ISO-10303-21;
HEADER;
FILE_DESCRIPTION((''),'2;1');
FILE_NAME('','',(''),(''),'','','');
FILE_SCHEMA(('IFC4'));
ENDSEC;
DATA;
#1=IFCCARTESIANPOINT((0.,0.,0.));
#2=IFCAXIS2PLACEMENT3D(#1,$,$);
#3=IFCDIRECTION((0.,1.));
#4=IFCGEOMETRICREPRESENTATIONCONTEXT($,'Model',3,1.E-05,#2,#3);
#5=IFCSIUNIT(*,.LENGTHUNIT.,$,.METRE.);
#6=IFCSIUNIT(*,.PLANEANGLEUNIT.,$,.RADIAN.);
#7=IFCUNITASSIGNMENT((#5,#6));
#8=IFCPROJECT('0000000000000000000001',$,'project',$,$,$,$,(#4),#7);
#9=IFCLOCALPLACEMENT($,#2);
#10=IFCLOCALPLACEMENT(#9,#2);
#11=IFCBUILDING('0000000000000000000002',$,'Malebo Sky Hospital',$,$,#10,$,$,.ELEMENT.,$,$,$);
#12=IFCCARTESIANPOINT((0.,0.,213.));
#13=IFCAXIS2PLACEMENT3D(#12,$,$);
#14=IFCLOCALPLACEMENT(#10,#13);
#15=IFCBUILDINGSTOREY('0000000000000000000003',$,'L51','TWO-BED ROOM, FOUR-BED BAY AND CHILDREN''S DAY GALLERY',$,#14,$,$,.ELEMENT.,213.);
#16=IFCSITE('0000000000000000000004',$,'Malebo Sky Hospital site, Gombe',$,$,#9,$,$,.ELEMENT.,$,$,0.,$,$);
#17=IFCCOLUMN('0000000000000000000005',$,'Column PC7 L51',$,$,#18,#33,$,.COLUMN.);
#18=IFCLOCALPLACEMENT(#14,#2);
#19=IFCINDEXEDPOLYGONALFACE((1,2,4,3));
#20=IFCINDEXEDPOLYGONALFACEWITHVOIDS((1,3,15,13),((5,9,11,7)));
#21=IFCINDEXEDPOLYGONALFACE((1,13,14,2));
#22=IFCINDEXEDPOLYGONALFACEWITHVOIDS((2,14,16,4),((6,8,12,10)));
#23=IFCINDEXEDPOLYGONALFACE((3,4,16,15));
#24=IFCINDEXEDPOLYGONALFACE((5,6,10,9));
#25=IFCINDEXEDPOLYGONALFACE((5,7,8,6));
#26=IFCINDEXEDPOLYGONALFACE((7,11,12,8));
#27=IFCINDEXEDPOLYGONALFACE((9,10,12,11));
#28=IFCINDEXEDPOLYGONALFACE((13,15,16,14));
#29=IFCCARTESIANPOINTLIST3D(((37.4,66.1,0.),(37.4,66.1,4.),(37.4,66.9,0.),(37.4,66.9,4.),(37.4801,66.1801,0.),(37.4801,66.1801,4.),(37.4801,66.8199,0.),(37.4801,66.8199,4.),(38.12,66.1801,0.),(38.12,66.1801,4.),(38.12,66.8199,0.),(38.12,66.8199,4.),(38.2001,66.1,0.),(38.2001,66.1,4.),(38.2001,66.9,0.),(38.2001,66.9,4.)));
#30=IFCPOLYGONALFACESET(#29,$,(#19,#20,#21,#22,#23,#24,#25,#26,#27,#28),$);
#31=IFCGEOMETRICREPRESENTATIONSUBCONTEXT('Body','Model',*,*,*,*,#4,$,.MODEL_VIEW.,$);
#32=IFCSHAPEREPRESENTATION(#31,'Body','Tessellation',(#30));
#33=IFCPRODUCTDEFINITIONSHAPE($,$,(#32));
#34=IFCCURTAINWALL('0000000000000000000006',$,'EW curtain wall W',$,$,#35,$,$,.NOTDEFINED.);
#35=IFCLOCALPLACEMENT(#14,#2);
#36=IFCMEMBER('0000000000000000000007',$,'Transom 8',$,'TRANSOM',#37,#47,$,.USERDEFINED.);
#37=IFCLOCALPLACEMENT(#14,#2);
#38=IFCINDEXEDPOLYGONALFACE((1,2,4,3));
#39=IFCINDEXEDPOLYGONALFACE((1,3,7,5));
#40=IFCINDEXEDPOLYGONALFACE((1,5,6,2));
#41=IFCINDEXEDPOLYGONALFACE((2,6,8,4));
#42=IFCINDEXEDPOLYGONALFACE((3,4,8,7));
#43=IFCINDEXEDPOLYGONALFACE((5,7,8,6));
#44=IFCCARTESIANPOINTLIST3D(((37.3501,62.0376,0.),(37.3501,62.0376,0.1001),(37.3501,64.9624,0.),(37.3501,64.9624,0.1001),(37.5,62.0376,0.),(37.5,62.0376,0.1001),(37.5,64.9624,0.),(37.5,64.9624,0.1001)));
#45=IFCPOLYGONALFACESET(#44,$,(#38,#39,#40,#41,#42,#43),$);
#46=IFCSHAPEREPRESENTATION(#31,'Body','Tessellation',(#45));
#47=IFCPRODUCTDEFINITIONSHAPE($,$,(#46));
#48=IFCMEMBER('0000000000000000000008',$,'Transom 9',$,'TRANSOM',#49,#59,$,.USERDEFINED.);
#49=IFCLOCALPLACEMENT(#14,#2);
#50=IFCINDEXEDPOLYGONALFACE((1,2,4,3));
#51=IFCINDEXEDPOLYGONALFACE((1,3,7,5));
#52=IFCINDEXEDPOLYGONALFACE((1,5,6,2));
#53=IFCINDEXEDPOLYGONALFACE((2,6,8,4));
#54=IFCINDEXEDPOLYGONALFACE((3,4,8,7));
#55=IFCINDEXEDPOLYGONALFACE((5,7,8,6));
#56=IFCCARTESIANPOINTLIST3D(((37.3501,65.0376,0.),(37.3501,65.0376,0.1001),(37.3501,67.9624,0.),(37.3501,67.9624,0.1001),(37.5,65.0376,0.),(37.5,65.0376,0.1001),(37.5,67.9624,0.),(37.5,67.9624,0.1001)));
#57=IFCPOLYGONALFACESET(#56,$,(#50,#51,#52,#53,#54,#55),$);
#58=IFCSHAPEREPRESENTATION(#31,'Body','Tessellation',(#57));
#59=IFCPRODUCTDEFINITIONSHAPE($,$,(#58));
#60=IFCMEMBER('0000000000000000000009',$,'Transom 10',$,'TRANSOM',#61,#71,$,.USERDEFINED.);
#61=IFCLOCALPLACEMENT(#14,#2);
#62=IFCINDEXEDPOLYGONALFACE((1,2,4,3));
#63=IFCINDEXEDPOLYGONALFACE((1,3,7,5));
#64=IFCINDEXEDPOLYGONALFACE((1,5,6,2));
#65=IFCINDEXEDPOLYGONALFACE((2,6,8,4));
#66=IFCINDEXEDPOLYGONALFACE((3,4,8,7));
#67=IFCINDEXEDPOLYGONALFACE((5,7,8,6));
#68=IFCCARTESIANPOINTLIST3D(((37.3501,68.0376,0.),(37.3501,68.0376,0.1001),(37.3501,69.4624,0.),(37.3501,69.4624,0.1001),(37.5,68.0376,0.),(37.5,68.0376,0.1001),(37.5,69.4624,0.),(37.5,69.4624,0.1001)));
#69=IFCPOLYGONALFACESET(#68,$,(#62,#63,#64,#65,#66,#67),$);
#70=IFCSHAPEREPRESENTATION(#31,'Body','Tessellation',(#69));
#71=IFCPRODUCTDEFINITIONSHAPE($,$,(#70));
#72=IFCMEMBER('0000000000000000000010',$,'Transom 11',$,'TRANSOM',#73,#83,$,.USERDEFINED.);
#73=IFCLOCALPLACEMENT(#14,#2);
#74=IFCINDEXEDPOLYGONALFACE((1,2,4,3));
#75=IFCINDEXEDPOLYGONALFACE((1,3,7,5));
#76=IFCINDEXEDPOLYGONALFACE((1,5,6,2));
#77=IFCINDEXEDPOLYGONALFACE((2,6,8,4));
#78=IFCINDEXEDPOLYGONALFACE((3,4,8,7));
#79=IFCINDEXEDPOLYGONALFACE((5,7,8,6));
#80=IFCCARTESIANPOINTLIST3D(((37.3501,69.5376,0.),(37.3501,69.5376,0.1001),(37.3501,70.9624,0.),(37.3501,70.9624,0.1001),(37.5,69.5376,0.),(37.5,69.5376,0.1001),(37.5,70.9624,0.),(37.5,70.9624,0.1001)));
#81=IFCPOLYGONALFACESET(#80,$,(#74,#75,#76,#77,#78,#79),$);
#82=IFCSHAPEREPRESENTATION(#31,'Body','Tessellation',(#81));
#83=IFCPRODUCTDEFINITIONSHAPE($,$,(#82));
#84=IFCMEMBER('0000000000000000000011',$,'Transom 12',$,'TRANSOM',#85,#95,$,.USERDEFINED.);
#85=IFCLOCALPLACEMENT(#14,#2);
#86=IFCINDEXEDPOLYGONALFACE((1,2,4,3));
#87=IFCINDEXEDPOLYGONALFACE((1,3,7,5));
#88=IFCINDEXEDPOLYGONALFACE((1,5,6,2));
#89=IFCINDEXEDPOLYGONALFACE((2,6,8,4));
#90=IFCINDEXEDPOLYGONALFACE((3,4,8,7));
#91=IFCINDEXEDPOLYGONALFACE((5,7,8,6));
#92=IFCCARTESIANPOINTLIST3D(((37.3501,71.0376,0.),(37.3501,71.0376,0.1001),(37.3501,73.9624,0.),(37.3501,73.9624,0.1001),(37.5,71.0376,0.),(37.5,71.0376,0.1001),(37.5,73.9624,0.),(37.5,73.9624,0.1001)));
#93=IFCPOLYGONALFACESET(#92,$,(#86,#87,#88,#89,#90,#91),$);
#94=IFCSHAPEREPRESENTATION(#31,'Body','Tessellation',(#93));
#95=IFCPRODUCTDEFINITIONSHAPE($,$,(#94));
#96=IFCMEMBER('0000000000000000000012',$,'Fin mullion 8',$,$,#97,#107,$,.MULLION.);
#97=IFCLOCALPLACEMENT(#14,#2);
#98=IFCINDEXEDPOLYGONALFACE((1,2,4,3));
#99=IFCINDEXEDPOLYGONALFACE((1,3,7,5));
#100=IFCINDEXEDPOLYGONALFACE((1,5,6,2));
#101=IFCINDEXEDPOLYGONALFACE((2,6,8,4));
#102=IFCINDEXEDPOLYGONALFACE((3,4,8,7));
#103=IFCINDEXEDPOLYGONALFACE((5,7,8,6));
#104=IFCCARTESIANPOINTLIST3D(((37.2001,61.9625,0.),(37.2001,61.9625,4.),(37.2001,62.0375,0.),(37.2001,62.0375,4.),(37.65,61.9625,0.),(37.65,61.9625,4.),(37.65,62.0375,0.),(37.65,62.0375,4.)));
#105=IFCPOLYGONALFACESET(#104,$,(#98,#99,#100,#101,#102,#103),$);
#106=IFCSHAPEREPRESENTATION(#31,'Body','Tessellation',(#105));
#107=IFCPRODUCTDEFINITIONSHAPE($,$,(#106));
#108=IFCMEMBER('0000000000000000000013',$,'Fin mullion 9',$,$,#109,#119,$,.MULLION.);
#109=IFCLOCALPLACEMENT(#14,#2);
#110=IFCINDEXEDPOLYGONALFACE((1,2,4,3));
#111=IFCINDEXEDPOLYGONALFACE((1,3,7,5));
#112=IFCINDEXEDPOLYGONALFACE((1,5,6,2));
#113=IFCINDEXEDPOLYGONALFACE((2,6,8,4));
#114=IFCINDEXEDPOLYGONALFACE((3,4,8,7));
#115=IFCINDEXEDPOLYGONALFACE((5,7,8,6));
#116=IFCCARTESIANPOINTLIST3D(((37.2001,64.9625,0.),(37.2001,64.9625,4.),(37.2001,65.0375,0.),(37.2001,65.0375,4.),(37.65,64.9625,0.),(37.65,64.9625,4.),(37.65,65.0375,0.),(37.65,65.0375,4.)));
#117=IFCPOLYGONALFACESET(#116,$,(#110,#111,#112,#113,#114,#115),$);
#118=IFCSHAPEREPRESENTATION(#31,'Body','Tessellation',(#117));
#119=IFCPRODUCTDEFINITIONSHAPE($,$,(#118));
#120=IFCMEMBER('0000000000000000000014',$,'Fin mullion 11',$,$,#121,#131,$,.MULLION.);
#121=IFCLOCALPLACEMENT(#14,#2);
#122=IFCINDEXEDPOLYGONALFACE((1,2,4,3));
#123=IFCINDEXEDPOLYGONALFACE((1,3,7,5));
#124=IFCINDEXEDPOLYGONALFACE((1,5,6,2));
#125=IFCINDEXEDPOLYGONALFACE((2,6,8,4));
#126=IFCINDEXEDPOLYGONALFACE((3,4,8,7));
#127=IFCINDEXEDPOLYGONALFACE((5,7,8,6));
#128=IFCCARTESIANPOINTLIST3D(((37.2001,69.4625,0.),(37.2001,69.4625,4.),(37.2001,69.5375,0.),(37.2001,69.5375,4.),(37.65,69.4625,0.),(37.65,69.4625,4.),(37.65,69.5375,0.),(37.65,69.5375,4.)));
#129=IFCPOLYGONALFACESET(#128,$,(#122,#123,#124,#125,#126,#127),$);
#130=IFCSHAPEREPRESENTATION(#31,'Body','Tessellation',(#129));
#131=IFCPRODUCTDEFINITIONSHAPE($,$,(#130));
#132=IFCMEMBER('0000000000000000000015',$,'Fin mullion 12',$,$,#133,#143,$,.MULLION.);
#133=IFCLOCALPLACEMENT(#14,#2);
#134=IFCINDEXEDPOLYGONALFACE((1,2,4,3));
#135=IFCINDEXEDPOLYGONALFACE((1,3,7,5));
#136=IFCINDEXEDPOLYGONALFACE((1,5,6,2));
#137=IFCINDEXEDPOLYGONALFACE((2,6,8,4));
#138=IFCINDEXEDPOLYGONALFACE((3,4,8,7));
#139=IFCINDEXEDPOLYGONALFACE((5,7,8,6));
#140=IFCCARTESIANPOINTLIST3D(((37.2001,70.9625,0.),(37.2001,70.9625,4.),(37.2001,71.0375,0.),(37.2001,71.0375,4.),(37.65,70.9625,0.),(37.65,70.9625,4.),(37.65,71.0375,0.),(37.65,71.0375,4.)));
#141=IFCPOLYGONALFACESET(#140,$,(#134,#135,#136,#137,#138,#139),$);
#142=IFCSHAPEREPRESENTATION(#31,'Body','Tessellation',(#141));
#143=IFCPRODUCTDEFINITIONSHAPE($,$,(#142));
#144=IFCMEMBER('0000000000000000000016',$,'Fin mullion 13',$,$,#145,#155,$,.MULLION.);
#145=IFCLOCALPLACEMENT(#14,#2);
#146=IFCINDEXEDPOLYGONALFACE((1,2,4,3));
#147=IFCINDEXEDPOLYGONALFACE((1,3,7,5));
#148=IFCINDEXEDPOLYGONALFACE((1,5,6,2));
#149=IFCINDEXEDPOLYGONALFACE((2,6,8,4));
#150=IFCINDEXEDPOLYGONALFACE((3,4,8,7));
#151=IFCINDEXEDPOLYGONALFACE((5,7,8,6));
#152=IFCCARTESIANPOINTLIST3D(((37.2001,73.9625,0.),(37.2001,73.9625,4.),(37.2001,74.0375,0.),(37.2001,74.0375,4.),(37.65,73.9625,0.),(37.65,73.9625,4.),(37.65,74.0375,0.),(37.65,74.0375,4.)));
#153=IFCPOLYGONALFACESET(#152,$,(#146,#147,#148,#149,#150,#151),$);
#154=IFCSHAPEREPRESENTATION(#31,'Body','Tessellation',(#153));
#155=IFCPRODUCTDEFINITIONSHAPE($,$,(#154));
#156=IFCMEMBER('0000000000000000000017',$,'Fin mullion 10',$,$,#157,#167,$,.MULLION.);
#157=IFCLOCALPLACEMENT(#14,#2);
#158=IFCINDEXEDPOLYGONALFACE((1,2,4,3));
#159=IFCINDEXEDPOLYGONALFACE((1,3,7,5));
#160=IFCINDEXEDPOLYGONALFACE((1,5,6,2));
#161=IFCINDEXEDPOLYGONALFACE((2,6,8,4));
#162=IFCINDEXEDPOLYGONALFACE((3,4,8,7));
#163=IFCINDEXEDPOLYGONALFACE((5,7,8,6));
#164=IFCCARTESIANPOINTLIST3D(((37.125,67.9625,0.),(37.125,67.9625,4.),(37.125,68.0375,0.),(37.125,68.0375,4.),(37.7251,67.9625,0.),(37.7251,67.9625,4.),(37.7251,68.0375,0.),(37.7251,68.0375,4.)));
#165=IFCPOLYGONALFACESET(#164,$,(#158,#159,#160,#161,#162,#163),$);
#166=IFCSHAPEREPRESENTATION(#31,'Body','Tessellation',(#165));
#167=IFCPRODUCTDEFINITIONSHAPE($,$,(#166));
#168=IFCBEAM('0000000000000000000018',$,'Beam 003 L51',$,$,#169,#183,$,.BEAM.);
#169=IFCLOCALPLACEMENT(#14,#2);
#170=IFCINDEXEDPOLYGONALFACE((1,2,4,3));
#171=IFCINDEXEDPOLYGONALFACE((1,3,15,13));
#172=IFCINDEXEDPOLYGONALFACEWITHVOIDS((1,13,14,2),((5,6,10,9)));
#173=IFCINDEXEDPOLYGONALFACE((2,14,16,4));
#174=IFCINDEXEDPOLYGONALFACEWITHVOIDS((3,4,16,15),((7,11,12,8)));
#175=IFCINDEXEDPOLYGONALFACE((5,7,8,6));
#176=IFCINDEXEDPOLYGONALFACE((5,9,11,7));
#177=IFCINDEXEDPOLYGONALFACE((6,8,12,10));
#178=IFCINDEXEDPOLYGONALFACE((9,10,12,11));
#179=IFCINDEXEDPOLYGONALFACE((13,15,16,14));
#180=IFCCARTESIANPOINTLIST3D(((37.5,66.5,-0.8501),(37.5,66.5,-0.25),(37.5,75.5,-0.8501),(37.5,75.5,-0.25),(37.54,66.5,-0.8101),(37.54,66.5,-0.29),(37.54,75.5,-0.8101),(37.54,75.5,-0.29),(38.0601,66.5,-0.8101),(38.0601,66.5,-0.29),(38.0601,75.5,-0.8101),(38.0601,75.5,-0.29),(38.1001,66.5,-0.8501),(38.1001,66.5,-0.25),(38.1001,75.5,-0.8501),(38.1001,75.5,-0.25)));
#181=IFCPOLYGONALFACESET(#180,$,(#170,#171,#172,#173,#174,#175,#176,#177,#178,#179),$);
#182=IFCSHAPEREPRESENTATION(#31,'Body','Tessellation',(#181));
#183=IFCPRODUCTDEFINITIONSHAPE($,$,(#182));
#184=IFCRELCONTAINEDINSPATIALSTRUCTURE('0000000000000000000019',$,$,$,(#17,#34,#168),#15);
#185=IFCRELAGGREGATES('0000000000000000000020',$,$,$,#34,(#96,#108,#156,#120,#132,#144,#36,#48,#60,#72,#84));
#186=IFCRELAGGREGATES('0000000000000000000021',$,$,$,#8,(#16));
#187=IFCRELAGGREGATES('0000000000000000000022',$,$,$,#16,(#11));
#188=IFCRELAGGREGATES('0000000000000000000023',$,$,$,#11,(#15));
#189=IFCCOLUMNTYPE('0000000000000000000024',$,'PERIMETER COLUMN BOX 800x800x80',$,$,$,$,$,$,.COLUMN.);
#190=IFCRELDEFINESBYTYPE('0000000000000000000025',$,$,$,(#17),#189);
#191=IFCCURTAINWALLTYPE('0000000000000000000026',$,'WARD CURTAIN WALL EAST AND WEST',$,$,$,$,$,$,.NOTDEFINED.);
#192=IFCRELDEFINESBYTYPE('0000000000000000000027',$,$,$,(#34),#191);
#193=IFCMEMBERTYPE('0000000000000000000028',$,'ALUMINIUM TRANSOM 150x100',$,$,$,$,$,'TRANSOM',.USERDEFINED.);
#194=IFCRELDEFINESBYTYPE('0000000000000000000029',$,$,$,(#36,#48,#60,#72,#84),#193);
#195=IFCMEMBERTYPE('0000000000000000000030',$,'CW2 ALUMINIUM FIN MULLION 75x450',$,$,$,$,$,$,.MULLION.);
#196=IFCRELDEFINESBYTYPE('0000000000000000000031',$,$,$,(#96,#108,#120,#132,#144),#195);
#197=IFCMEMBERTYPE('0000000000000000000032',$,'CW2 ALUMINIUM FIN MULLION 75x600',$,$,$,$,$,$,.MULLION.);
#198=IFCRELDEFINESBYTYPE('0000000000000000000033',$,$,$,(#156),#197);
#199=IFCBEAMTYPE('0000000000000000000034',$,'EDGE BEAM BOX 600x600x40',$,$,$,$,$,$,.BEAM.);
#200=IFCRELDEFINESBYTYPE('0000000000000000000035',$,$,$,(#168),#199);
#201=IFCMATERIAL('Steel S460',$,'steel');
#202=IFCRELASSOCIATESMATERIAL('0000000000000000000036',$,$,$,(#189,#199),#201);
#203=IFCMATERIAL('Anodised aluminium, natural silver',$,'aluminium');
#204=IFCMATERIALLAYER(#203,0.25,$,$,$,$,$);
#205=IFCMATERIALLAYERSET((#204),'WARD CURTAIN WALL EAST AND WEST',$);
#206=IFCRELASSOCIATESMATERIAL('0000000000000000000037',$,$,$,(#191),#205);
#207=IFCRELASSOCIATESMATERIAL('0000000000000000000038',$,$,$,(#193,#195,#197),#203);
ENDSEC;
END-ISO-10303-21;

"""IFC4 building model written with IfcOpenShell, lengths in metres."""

from ifc_helpers import new_model, si_unit, direction, frame, origin, origin_2d, place, context, subcontext, project, spatial, rectangle, hollow_rectangle, extrude, material, layer, layer_set, material_profile, profile_set, type_object, element, aggregate, save


model = new_model("IFC4")

# Units and contexts
model_context = context("Model", 3, precision=1e-05, world=origin(), true_north=direction((0.0, 1.0)))
body_context = subcontext(model_context, "Body", "Model", "MODEL_VIEW")
ifc_project = project(units=[si_unit("LENGTHUNIT", "METRE"), si_unit("PLANEANGLEUNIT", "RADIAN")], contexts=[model_context])

# Site, building, storey
site_placement = place(None, origin())
site = spatial("IfcSite", under=ifc_project, at=site_placement, Name="Malebo Sky Hospital site, Gombe", CompositionType="ELEMENT", RefElevation=0.0)
building_placement = place(site_placement, origin())
building = spatial("IfcBuilding", under=site, at=building_placement, Name="Malebo Sky Hospital", CompositionType="ELEMENT")
storey_placement = place(building_placement, frame((0.0, 0.0, 213.0)))
storey = spatial("IfcBuildingStorey", under=building, at=storey_placement, Name="L51", Description="TWO-BED ROOM, FOUR-BED BAY AND CHILDREN'S DAY GALLERY", CompositionType="ELEMENT", Elevation=213.0)

# Column
ifc_material_1 = material(Name="Steel S460", Category="steel")
ifc_material_profile_1 = material_profile(ifc_material_1, hollow_rectangle(XDim=0.8, YDim=0.8, WallThickness=0.0801, at=origin_2d()), Name="BOX 800x800x80")
ifc_profile_set_1 = profile_set([ifc_material_profile_1], Name="Steel S460")
column_type = type_object("IfcColumnType", Name="PERIMETER COLUMN BOX 800x800x80", PredefinedType="COLUMN", material=ifc_profile_set_1)
column_placement = place(storey_placement, frame((37.8, 66.5, 0.0), z_axis=(0.0, 0.0, 1.0), x_axis=(1.0, 0.0, 0.0)))
element("IfcColumn", 1, at=column_placement, inside=storey, type_object=column_type, Name="Column PC7 L51", PredefinedType="COLUMN", context=body_context, shape_type="SweptSolid", body=[
    extrude(hollow_rectangle(XDim=0.8, YDim=0.8, WallThickness=0.0801, at=origin_2d()), origin(), (0.0, 0.0, 1.0), 4.0),
])

# Curtain wall, members
ifc_material_2 = material(Name="Anodised aluminium, natural silver", Category="aluminium")
ifc_layer_1 = layer(ifc_material_2, 0.25)
ifc_layer_set_1 = layer_set([ifc_layer_1], Name="WARD CURTAIN WALL EAST AND WEST")
curtain_wall_type = type_object("IfcCurtainWallType", Name="WARD CURTAIN WALL EAST AND WEST", PredefinedType="NOTDEFINED", material=ifc_layer_set_1)
curtain_wall_placement = place(storey_placement, origin())
curtain_wall = element("IfcCurtainWall", 2, at=curtain_wall_placement, inside=storey, type_object=curtain_wall_type, Name="EW curtain wall W", PredefinedType="NOTDEFINED")
ifc_material_profile_2 = material_profile(ifc_material_2, rectangle(XDim=0.1499, YDim=0.1001, at=origin_2d()), Name="ALUMINIUM TRANSOM 150x100")
ifc_profile_set_2 = profile_set([ifc_material_profile_2], Name="Anodised aluminium, natural silver")
member_type_1 = type_object("IfcMemberType", Name="ALUMINIUM TRANSOM 150x100", ElementType="TRANSOM", PredefinedType="USERDEFINED", material=ifc_profile_set_2)
member_1_placement = place(storey_placement, frame((37.425, 62.0376, 0.05), z_axis=(0.0, 1.0, 0.0), x_axis=(-1.0, 0.0, 0.0)))
member_1 = element("IfcMember", 3, at=member_1_placement, type_object=member_type_1, Name="Transom 8", ObjectType="TRANSOM", PredefinedType="USERDEFINED", context=body_context, shape_type="SweptSolid", body=[
    extrude(rectangle(XDim=0.1499, YDim=0.1001, at=origin_2d()), origin(), (0.0, 0.0, 1.0), 2.9248),
])
member_2_placement = place(storey_placement, frame((37.425, 65.0376, 0.05), z_axis=(0.0, 1.0, 0.0), x_axis=(-1.0, 0.0, 0.0)))
member_2 = element("IfcMember", 4, at=member_2_placement, type_object=member_type_1, Name="Transom 9", ObjectType="TRANSOM", PredefinedType="USERDEFINED", context=body_context, shape_type="SweptSolid", body=[
    extrude(rectangle(XDim=0.1499, YDim=0.1001, at=origin_2d()), origin(), (0.0, 0.0, 1.0), 2.9248),
])
member_3_placement = place(storey_placement, frame((37.425, 68.0376, 0.05), z_axis=(0.0, 1.0, 0.0), x_axis=(-1.0, 0.0, 0.0)))
member_3 = element("IfcMember", 5, at=member_3_placement, type_object=member_type_1, Name="Transom 10", ObjectType="TRANSOM", PredefinedType="USERDEFINED", context=body_context, shape_type="SweptSolid", body=[
    extrude(rectangle(XDim=0.1499, YDim=0.1001, at=origin_2d()), origin(), (0.0, 0.0, 1.0), 1.4248),
])
member_4_placement = place(storey_placement, frame((37.425, 69.5376, 0.05), z_axis=(0.0, 1.0, 0.0), x_axis=(-1.0, 0.0, 0.0)))
member_4 = element("IfcMember", 6, at=member_4_placement, type_object=member_type_1, Name="Transom 11", ObjectType="TRANSOM", PredefinedType="USERDEFINED", context=body_context, shape_type="SweptSolid", body=[
    extrude(rectangle(XDim=0.1499, YDim=0.1001, at=origin_2d()), origin(), (0.0, 0.0, 1.0), 1.4248),
])
member_5_placement = place(storey_placement, frame((37.425, 71.0376, 0.05), z_axis=(0.0, 1.0, 0.0), x_axis=(-1.0, 0.0, 0.0)))
member_5 = element("IfcMember", 7, at=member_5_placement, type_object=member_type_1, Name="Transom 12", ObjectType="TRANSOM", PredefinedType="USERDEFINED", context=body_context, shape_type="SweptSolid", body=[
    extrude(rectangle(XDim=0.1499, YDim=0.1001, at=origin_2d()), origin(), (0.0, 0.0, 1.0), 2.9248),
])
ifc_material_profile_3 = material_profile(ifc_material_2, rectangle(XDim=0.075, YDim=0.45, at=origin_2d()), Name="CW2 ALUMINIUM FIN MULLION 75x450")
ifc_profile_set_3 = profile_set([ifc_material_profile_3], Name="Anodised aluminium, natural silver")
member_type_2 = type_object("IfcMemberType", Name="CW2 ALUMINIUM FIN MULLION 75x450", PredefinedType="MULLION", material=ifc_profile_set_3)
member_6_placement = place(storey_placement, frame((37.425, 62.0, 0.0), z_axis=(0.0, 0.0, 1.0), x_axis=(0.0, 1.0, 0.0)))
member_6 = element("IfcMember", 8, at=member_6_placement, type_object=member_type_2, Name="Fin mullion 8", PredefinedType="MULLION", context=body_context, shape_type="SweptSolid", body=[
    extrude(rectangle(XDim=0.075, YDim=0.45, at=origin_2d()), origin(), (0.0, 0.0, 1.0), 4.0),
])
member_7_placement = place(storey_placement, frame((37.425, 65.0, 0.0), z_axis=(0.0, 0.0, 1.0), x_axis=(0.0, 1.0, 0.0)))
member_7 = element("IfcMember", 9, at=member_7_placement, type_object=member_type_2, Name="Fin mullion 9", PredefinedType="MULLION", context=body_context, shape_type="SweptSolid", body=[
    extrude(rectangle(XDim=0.075, YDim=0.45, at=origin_2d()), origin(), (0.0, 0.0, 1.0), 4.0),
])
member_8_placement = place(storey_placement, frame((37.425, 69.5, 0.0), z_axis=(0.0, 0.0, 1.0), x_axis=(0.0, 1.0, 0.0)))
member_8 = element("IfcMember", 10, at=member_8_placement, type_object=member_type_2, Name="Fin mullion 11", PredefinedType="MULLION", context=body_context, shape_type="SweptSolid", body=[
    extrude(rectangle(XDim=0.075, YDim=0.45, at=origin_2d()), origin(), (0.0, 0.0, 1.0), 4.0),
])
member_9_placement = place(storey_placement, frame((37.425, 71.0, 0.0), z_axis=(0.0, 0.0, 1.0), x_axis=(0.0, 1.0, 0.0)))
member_9 = element("IfcMember", 11, at=member_9_placement, type_object=member_type_2, Name="Fin mullion 12", PredefinedType="MULLION", context=body_context, shape_type="SweptSolid", body=[
    extrude(rectangle(XDim=0.075, YDim=0.45, at=origin_2d()), origin(), (0.0, 0.0, 1.0), 4.0),
])
member_10_placement = place(storey_placement, frame((37.425, 74.0, 0.0), z_axis=(0.0, 0.0, 1.0), x_axis=(0.0, 1.0, 0.0)))
member_10 = element("IfcMember", 12, at=member_10_placement, type_object=member_type_2, Name="Fin mullion 13", PredefinedType="MULLION", context=body_context, shape_type="SweptSolid", body=[
    extrude(rectangle(XDim=0.075, YDim=0.45, at=origin_2d()), origin(), (0.0, 0.0, 1.0), 4.0),
])
ifc_material_profile_4 = material_profile(ifc_material_2, rectangle(XDim=0.075, YDim=0.6001, at=origin_2d()), Name="CW2 ALUMINIUM FIN MULLION 75x600")
ifc_profile_set_4 = profile_set([ifc_material_profile_4], Name="Anodised aluminium, natural silver")
member_type_3 = type_object("IfcMemberType", Name="CW2 ALUMINIUM FIN MULLION 75x600", PredefinedType="MULLION", material=ifc_profile_set_4)
member_11_placement = place(storey_placement, frame((37.425, 68.0, 0.0), z_axis=(0.0, 0.0, 1.0), x_axis=(0.0, 1.0, 0.0)))
member_11 = element("IfcMember", 13, at=member_11_placement, type_object=member_type_3, Name="Fin mullion 10", PredefinedType="MULLION", context=body_context, shape_type="SweptSolid", body=[
    extrude(rectangle(XDim=0.075, YDim=0.6001, at=origin_2d()), origin(), (0.0, 0.0, 1.0), 4.0),
])

# Beam
ifc_material_profile_5 = material_profile(ifc_material_1, hollow_rectangle(XDim=0.6001, YDim=0.6001, WallThickness=0.04, at=origin_2d()), Name="BOX 600x600x40")
ifc_profile_set_5 = profile_set([ifc_material_profile_5], Name="Steel S460")
beam_type_1 = type_object("IfcBeamType", Name="EDGE BEAM BOX 600x600x40", PredefinedType="BEAM", material=ifc_profile_set_5)
beam_1_placement = place(storey_placement, frame((37.8, 66.5, -0.55), z_axis=(0.0, 1.0, 0.0), x_axis=(-1.0, 0.0, 0.0)))
element("IfcBeam", 14, at=beam_1_placement, inside=storey, type_object=beam_type_1, Name="Beam 003 L51", PredefinedType="BEAM", context=body_context, shape_type="SweptSolid", body=[
    extrude(hollow_rectangle(XDim=0.6001, YDim=0.6001, WallThickness=0.04, at=origin_2d()), origin(), (0.0, 0.0, 1.0), 9.0),
])

aggregate(curtain_wall, [member_6, member_7, member_11, member_8, member_9, member_10, member_1, member_2, member_3, member_4, member_5])

save(model, "model.ifc")
